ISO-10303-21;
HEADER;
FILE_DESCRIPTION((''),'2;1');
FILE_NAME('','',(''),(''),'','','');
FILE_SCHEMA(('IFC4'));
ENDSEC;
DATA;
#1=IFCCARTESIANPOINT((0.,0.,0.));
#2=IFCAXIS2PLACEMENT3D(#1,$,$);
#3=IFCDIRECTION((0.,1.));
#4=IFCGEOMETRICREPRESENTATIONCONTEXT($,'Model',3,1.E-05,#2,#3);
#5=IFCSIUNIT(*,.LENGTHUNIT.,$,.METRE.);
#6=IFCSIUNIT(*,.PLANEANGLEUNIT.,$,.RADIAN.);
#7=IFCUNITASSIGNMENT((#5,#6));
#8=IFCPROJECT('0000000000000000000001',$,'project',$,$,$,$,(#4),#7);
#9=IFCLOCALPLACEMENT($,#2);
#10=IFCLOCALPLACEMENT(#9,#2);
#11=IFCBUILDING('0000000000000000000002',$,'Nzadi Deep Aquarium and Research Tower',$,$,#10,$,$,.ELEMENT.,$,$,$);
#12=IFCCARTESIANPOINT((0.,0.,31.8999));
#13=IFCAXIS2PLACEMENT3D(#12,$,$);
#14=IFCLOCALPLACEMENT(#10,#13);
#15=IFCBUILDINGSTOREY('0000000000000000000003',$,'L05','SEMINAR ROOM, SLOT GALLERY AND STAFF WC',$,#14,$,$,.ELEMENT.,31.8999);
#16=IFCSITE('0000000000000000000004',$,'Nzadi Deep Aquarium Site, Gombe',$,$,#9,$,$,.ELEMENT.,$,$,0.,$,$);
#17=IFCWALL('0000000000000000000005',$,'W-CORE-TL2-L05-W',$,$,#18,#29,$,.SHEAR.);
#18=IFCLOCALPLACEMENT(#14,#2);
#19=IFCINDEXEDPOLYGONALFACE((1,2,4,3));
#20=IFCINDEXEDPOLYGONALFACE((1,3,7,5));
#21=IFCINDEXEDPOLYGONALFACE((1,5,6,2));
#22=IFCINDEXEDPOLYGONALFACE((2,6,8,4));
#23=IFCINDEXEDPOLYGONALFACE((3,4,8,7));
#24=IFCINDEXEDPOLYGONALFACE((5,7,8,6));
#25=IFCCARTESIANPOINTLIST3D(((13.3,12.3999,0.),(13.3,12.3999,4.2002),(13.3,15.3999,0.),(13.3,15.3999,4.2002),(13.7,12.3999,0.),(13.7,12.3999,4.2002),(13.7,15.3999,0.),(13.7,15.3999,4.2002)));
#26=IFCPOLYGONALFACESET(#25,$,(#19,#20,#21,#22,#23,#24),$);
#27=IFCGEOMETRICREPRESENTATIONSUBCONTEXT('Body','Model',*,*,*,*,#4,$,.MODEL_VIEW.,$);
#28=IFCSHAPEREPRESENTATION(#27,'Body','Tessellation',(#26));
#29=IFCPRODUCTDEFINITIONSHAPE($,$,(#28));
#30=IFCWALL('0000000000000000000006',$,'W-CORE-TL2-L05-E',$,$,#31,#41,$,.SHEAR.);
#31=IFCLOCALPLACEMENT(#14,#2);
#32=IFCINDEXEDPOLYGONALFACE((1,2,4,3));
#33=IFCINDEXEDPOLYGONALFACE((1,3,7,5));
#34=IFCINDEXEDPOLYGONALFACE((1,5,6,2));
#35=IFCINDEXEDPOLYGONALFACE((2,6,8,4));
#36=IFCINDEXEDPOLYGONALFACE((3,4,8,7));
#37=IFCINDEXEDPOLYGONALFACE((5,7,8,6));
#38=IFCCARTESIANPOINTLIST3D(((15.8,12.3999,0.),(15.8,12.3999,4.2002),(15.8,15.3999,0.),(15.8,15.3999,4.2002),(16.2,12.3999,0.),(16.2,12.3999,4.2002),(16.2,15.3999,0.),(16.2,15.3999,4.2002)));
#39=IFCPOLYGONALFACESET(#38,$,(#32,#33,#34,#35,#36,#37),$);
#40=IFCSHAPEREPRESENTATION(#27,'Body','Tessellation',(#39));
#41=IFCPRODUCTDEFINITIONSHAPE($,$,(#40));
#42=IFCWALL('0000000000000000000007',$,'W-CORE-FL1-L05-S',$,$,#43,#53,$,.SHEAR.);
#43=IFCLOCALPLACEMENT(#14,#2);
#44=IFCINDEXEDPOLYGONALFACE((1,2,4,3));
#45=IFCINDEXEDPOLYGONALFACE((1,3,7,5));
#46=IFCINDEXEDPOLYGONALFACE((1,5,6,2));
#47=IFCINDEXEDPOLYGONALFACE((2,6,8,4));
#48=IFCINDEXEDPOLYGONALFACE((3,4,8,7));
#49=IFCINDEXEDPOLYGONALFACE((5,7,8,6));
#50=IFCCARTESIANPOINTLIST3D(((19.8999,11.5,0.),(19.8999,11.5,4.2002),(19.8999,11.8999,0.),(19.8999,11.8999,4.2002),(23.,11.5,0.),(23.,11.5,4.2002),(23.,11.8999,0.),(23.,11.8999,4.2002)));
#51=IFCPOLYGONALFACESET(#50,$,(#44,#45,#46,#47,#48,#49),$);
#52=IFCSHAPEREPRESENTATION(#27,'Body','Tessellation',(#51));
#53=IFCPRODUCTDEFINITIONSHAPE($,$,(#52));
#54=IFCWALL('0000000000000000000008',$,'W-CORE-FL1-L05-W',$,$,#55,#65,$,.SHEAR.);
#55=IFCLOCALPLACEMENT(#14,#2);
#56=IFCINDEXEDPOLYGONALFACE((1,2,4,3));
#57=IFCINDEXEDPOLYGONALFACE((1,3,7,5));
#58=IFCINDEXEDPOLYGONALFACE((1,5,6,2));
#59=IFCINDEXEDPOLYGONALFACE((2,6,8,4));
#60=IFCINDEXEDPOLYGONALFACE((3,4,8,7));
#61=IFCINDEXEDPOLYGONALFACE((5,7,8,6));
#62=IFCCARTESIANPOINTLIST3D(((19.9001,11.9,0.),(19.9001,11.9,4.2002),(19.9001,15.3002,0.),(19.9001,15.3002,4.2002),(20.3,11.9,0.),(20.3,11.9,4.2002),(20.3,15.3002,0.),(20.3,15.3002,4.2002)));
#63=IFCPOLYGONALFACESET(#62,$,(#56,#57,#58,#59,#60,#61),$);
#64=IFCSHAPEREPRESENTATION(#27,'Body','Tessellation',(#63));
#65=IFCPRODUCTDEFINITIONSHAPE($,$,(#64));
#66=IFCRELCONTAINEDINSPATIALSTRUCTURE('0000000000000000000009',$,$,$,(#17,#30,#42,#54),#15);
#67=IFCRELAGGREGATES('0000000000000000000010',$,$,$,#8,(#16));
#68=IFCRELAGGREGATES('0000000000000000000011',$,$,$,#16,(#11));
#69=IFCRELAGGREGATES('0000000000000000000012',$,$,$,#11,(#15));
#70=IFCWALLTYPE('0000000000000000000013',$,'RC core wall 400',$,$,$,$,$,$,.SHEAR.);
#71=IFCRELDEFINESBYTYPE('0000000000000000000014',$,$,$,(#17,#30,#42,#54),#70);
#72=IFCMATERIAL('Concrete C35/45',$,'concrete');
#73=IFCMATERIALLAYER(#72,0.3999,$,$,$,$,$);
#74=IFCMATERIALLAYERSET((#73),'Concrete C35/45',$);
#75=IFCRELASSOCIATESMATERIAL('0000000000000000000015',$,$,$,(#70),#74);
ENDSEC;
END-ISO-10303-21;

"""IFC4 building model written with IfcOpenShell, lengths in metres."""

from ifc_helpers import new_model, si_unit, direction, frame, frame_2d, origin, place, context, subcontext, project, spatial, rectangle, extrude, material, layer, layer_set, type_object, element, save


model = new_model("IFC4")

# Units and contexts
model_context = context("Model", 3, precision=1e-05, world=origin(), true_north=direction((0.0, 1.0)))
body_context = subcontext(model_context, "Body", "Model", "MODEL_VIEW")
ifc_project = project(units=[si_unit("LENGTHUNIT", "METRE"), si_unit("PLANEANGLEUNIT", "RADIAN")], contexts=[model_context])

# Site, building, storey
site_placement = place(None, origin())
site = spatial("IfcSite", under=ifc_project, at=site_placement, Name="Nzadi Deep Aquarium Site, Gombe", CompositionType="ELEMENT", RefElevation=0.0)
building_placement = place(site_placement, origin())
building = spatial("IfcBuilding", under=site, at=building_placement, Name="Nzadi Deep Aquarium and Research Tower", CompositionType="ELEMENT")
storey_placement = place(building_placement, frame((0.0, 0.0, 31.8999)))
storey = spatial("IfcBuildingStorey", under=building, at=storey_placement, Name="L05", Description="SEMINAR ROOM, SLOT GALLERY AND STAFF WC", CompositionType="ELEMENT", Elevation=31.8999)

# Walls
ifc_material_1 = material(Name="Concrete C35/45", Category="concrete")
ifc_layer_1 = layer(ifc_material_1, 0.3999)
ifc_layer_set_1 = layer_set([ifc_layer_1], Name="Concrete C35/45")
wall_type_1 = type_object("IfcWallType", Name="RC core wall 400", PredefinedType="SHEAR", material=ifc_layer_set_1)
for number, where, z_axis, x_axis, name in (
    (1, (13.5, 12.3999, 0.0), (0.0, 0.0, 1.0), (0.0, 1.0, 0.0), "W-CORE-TL2-L05-W"),
    (2, (16.0, 12.3999, 0.0), (0.0, 0.0, 1.0), (0.0, 1.0, 0.0), "W-CORE-TL2-L05-E"),
):
    element("IfcWall", number, at=place(storey_placement, frame(where, z_axis=z_axis, x_axis=x_axis)), inside=storey, type_object=wall_type_1, Name=name, PredefinedType="SHEAR", context=body_context, shape_type="SweptSolid", body=[
        extrude(rectangle(XDim=3.0, YDim=0.3999, at=frame_2d((1.5, 0.0))), origin(), (0.0, 0.0, 1.0), 4.2002),
    ])
wall_1_placement = place(storey_placement, frame((19.8999, 11.7, 0.0), z_axis=(0.0, 0.0, 1.0), x_axis=(1.0, 0.0, 0.0)))
element("IfcWall", 3, at=wall_1_placement, inside=storey, type_object=wall_type_1, Name="W-CORE-FL1-L05-S", PredefinedType="SHEAR", context=body_context, shape_type="SweptSolid", body=[
    extrude(rectangle(XDim=3.1001, YDim=0.3999, at=frame_2d((1.55, 0.0))), origin(), (0.0, 0.0, 1.0), 4.2002),
])
wall_2_placement = place(storey_placement, frame((20.1001, 11.8999, 0.0), z_axis=(0.0, 0.0, 1.0), x_axis=(0.0, 1.0, 0.0)))
element("IfcWall", 4, at=wall_2_placement, inside=storey, type_object=wall_type_1, Name="W-CORE-FL1-L05-W", PredefinedType="SHEAR", context=body_context, shape_type="SweptSolid", body=[
    extrude(rectangle(XDim=3.4001, YDim=0.3999, at=frame_2d((1.7002, 0.0))), origin(), (0.0, 0.0, 1.0), 4.2002),
])

save(model, "model.ifc")
